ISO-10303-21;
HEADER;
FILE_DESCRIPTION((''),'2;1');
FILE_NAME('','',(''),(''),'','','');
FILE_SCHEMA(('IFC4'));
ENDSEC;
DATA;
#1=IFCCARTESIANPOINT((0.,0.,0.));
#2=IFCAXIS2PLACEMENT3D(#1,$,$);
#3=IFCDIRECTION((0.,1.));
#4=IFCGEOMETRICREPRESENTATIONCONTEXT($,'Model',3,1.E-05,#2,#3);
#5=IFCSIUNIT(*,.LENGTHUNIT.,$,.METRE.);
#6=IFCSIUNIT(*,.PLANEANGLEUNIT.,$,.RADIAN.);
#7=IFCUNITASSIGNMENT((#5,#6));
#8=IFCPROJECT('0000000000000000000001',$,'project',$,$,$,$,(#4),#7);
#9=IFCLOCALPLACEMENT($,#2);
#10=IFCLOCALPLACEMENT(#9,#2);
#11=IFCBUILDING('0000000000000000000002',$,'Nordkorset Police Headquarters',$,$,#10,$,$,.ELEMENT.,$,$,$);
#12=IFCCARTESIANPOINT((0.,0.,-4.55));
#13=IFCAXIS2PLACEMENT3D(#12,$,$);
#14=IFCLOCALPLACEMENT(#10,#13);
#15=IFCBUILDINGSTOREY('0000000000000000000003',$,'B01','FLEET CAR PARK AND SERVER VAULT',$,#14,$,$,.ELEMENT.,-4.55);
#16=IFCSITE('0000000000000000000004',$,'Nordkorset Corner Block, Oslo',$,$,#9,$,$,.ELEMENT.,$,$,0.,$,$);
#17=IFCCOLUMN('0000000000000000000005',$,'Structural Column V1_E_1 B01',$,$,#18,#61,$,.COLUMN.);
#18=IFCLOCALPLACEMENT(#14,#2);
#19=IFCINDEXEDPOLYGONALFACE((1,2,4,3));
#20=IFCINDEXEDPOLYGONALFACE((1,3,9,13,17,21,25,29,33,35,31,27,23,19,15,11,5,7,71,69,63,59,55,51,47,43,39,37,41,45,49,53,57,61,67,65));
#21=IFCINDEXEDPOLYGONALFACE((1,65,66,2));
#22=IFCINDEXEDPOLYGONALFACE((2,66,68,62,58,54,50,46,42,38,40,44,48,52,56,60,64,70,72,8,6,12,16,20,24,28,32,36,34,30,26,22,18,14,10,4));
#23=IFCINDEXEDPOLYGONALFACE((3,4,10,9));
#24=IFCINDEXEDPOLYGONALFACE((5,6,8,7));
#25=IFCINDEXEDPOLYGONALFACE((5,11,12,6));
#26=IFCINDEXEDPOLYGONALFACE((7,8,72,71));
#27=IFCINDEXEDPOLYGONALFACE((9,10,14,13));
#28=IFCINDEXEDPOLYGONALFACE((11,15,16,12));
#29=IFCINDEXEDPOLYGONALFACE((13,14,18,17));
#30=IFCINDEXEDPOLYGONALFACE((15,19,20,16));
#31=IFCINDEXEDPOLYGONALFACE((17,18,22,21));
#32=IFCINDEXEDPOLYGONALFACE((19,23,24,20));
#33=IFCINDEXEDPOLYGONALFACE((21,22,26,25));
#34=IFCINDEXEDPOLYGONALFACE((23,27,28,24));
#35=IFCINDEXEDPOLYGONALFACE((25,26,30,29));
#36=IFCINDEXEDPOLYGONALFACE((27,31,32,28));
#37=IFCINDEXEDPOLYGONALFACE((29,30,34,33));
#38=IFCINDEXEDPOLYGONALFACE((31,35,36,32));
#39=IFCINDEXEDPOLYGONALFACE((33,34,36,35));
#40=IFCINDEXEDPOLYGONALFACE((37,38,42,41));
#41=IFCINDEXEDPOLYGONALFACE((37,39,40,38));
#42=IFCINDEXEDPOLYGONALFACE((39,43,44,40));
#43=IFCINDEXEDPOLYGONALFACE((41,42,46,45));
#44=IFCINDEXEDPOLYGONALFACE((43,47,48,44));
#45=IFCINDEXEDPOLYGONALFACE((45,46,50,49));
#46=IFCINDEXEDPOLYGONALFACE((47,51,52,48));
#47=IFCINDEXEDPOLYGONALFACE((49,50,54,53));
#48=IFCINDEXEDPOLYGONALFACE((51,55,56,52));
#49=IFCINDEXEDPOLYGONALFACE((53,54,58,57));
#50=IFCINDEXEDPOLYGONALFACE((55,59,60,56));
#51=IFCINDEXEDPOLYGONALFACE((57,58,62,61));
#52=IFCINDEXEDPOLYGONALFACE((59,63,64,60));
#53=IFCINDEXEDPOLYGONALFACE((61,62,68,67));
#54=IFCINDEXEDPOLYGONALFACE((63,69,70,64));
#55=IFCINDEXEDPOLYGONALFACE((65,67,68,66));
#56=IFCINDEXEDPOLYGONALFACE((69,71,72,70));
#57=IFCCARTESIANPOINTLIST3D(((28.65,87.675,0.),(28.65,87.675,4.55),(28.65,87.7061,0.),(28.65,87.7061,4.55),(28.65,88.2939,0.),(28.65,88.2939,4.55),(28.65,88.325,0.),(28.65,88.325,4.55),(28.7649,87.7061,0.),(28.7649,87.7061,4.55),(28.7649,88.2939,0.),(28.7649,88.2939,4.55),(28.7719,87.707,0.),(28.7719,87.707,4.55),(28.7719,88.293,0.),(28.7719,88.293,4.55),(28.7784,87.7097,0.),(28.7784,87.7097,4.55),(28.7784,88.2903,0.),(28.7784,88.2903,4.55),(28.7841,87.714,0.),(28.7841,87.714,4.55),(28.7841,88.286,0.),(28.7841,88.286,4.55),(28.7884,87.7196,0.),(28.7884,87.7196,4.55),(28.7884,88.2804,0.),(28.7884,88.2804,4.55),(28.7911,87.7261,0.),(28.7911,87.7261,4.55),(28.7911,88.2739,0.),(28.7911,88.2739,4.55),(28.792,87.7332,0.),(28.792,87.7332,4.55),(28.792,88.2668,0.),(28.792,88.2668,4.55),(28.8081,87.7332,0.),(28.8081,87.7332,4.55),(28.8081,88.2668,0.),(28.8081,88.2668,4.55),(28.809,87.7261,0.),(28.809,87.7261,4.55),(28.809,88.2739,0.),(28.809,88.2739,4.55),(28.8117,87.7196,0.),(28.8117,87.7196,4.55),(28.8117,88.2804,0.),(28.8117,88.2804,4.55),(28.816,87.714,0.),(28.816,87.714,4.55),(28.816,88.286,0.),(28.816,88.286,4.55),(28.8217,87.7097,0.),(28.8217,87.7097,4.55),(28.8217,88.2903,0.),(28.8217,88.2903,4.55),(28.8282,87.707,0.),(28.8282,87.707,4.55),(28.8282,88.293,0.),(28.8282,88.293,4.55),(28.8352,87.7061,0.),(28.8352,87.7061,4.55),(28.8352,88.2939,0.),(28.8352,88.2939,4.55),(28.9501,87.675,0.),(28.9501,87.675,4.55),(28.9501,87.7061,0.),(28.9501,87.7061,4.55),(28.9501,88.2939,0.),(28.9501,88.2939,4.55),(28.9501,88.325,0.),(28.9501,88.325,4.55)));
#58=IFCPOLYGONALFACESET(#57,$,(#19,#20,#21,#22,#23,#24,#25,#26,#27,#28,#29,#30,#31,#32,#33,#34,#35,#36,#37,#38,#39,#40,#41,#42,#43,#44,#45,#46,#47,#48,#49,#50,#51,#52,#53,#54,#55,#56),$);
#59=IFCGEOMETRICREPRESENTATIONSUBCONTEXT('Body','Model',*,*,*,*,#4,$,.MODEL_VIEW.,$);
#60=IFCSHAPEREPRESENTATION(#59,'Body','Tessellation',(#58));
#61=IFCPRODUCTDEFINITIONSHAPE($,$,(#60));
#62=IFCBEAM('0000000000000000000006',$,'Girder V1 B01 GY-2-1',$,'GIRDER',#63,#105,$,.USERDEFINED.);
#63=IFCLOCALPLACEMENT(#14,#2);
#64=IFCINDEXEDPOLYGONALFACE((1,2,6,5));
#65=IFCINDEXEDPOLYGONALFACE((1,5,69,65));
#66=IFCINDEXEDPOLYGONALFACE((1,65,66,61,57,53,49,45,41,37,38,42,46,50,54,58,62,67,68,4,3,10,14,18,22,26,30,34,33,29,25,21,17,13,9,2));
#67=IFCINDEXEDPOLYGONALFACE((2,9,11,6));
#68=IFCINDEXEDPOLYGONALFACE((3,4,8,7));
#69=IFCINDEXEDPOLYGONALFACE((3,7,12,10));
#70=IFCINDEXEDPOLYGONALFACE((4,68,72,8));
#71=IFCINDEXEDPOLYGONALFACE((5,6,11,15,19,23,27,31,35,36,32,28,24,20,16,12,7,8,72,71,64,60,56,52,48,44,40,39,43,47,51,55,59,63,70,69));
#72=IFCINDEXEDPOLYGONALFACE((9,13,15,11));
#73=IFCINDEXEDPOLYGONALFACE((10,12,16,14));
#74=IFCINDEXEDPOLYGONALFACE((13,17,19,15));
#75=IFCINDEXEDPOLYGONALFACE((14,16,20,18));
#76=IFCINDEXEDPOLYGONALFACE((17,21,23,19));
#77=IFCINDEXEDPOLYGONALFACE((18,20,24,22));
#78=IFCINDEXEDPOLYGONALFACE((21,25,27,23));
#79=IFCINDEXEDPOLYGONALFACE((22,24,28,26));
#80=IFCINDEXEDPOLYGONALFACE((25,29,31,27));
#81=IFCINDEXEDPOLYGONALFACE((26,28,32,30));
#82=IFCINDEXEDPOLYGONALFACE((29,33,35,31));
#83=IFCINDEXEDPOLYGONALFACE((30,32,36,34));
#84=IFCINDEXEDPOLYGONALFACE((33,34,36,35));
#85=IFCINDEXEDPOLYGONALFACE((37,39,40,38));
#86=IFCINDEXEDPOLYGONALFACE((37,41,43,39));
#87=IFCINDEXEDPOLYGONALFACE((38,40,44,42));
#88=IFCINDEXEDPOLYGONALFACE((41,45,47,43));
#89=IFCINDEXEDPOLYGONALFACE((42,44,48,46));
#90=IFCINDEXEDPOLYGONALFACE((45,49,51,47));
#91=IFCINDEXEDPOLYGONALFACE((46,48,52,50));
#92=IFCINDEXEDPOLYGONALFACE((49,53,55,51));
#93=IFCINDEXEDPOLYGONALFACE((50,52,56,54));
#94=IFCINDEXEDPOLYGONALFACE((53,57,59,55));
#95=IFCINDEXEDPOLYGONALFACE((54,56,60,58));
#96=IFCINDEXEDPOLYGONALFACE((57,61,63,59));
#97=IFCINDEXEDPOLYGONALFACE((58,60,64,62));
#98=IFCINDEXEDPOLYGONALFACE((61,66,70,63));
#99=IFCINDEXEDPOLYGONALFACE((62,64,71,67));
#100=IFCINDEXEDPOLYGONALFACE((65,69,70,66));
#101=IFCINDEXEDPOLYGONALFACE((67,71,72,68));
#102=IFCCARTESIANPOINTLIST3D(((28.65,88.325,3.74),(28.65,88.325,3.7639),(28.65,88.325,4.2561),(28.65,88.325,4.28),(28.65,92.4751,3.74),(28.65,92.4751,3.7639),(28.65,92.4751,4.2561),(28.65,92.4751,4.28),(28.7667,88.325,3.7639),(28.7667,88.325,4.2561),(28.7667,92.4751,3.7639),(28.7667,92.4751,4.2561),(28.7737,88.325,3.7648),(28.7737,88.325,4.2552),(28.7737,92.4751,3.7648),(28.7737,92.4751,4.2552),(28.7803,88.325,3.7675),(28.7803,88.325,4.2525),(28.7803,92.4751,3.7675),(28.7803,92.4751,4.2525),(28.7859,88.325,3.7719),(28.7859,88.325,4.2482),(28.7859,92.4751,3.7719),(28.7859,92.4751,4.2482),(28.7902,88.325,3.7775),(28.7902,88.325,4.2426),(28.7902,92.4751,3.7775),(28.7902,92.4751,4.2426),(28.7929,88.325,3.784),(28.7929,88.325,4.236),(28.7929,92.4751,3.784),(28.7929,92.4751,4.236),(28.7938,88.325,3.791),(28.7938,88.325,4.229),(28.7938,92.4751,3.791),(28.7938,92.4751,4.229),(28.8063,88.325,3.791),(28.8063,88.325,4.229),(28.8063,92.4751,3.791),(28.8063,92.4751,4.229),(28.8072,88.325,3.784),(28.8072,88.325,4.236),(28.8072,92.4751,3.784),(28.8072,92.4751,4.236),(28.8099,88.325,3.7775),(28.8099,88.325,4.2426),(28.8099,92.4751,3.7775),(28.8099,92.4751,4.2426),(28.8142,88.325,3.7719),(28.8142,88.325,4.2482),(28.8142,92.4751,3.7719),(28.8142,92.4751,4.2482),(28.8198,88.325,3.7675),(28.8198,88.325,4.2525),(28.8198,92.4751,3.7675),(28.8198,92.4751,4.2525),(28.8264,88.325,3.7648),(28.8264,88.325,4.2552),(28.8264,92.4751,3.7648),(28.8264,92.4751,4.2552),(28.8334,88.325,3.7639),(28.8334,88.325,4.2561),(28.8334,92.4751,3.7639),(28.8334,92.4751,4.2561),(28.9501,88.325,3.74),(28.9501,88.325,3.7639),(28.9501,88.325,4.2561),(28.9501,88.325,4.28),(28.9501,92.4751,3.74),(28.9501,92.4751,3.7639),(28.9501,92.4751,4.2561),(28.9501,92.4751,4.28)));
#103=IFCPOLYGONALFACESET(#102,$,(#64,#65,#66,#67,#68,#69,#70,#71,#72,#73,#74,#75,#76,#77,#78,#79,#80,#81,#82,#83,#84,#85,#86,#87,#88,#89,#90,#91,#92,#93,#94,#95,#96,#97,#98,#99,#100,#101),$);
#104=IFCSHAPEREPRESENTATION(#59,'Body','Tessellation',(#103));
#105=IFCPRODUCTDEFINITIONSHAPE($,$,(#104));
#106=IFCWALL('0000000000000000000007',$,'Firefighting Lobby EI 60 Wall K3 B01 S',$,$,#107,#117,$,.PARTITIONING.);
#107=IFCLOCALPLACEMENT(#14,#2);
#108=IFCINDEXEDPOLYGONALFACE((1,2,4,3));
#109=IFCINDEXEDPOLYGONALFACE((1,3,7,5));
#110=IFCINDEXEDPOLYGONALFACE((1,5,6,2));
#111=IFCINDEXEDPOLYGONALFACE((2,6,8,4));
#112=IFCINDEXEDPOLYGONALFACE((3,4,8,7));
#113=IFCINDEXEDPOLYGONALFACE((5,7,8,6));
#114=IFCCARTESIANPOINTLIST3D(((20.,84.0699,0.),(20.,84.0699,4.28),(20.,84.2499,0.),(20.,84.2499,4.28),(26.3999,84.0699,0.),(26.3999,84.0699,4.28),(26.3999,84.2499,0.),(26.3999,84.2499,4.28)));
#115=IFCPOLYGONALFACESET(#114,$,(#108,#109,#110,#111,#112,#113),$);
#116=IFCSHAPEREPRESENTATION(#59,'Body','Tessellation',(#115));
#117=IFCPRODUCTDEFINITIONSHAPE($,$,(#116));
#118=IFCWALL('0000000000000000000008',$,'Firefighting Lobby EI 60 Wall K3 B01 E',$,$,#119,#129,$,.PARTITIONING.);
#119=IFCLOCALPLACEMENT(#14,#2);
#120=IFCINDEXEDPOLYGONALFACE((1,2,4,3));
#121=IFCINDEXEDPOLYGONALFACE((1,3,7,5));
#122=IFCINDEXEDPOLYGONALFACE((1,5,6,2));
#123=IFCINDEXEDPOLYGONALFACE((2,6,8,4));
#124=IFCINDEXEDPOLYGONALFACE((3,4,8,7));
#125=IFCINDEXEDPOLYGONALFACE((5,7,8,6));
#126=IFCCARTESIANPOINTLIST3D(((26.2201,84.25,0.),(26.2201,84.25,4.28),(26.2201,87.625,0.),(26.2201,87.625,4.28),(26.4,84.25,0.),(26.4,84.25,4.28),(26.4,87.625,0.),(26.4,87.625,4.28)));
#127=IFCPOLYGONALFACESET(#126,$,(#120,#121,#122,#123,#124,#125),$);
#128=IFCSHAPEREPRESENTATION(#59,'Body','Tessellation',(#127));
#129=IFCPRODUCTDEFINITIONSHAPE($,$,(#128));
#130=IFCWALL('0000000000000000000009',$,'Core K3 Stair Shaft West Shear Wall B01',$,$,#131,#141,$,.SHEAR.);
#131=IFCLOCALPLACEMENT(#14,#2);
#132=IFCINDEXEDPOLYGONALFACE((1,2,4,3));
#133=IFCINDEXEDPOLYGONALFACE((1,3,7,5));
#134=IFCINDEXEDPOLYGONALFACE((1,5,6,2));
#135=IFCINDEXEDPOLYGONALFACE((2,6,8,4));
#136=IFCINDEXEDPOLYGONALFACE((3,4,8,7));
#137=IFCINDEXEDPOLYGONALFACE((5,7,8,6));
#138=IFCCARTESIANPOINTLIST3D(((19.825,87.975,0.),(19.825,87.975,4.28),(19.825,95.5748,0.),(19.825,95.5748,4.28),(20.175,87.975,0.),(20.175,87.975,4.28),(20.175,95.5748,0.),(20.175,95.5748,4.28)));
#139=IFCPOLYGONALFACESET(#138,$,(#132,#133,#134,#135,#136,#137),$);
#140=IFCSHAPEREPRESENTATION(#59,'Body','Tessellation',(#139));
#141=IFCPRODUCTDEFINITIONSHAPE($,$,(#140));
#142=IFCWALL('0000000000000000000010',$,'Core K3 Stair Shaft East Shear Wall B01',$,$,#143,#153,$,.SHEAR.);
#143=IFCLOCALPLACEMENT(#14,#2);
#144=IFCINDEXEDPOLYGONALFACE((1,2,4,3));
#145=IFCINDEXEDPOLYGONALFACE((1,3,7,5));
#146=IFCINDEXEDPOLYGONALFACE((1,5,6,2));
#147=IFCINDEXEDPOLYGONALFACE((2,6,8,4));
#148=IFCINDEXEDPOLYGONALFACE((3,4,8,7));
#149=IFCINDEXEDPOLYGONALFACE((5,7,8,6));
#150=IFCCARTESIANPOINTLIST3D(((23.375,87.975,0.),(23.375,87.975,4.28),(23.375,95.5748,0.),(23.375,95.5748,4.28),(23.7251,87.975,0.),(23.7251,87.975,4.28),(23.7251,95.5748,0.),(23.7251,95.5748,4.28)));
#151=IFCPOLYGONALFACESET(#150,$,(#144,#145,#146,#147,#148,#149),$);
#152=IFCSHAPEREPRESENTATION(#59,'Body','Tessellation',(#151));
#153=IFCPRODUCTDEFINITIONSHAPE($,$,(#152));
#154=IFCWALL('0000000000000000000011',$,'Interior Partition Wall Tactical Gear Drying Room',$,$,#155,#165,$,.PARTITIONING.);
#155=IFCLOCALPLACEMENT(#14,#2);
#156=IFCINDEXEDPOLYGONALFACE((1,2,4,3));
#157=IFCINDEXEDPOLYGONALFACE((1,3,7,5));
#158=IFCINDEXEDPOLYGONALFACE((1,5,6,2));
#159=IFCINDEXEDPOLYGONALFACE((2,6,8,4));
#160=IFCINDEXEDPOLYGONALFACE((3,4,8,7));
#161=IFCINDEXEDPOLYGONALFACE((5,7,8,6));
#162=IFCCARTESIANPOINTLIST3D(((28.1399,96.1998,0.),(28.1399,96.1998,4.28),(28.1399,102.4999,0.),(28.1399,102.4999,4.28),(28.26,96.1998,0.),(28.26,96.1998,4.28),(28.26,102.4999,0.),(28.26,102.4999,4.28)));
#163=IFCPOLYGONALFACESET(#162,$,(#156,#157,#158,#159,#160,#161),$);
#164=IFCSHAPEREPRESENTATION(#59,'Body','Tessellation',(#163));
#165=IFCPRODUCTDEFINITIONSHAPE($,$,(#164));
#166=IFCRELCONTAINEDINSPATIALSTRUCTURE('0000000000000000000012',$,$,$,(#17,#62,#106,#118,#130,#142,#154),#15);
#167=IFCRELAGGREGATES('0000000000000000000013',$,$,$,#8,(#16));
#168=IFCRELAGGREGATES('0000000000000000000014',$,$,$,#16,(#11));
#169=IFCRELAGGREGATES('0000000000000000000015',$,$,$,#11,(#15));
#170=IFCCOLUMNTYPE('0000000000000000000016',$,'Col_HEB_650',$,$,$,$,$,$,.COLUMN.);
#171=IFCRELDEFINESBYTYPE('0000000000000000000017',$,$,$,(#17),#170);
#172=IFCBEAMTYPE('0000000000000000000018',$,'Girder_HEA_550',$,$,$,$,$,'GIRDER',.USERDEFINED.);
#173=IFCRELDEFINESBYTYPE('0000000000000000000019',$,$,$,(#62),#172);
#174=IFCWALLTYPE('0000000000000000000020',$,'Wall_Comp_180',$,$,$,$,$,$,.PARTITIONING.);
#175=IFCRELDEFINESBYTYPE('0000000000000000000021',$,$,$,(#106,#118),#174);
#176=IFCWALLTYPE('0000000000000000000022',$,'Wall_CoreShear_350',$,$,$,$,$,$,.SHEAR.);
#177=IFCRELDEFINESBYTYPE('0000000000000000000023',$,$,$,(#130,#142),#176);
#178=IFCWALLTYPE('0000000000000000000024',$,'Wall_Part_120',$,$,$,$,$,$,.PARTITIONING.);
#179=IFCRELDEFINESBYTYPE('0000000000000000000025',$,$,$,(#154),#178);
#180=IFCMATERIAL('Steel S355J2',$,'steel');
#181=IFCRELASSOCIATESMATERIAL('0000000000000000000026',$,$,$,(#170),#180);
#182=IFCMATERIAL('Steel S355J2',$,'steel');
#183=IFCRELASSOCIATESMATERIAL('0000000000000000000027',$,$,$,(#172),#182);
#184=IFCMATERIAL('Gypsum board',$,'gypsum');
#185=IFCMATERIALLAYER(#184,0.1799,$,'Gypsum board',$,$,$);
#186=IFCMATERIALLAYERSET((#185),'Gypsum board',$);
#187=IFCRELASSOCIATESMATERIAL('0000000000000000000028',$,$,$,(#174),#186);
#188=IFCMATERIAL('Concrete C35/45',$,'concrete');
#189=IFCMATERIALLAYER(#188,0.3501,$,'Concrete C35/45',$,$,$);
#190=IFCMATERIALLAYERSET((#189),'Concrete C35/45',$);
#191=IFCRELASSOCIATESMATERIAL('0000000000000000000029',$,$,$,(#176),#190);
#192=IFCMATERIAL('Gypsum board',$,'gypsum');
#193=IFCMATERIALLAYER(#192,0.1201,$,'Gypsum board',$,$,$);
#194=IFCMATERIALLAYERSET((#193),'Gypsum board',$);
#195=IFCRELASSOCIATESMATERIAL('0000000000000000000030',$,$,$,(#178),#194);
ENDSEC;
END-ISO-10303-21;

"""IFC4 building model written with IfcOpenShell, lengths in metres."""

from ifc_helpers import new_model, si_unit, direction, frame, frame_2d, origin, origin_2d, place, context, subcontext, project, spatial, rectangle, i_section, extrude, material, layer, layer_set, material_profile, profile_set, type_object, element, save


model = new_model("IFC4")

# Units and contexts
model_context = context("Model", 3, precision=1e-05, world=origin(), true_north=direction((0.0, 1.0)))
body_context = subcontext(model_context, "Body", "Model", "MODEL_VIEW")
ifc_project = project(units=[si_unit("LENGTHUNIT", "METRE"), si_unit("PLANEANGLEUNIT", "RADIAN")], contexts=[model_context])

# Site, building, storey
site_placement = place(None, origin())
site = spatial("IfcSite", under=ifc_project, at=site_placement, Name="Nordkorset Corner Block, Oslo", CompositionType="ELEMENT", RefElevation=0.0)
building_placement = place(site_placement, origin())
building = spatial("IfcBuilding", under=site, at=building_placement, Name="Nordkorset Police Headquarters", CompositionType="ELEMENT")
storey_placement = place(building_placement, frame((0.0, 0.0, -4.55)))
storey = spatial("IfcBuildingStorey", under=building, at=storey_placement, Name="B01", Description="FLEET CAR PARK AND SERVER VAULT", CompositionType="ELEMENT", Elevation=-4.55)

# Column
ifc_material_1 = material(Name="Steel S355J2", Category="steel")
ifc_material_profile_1 = material_profile(ifc_material_1, i_section(OverallWidth=0.3, OverallDepth=0.6499, WebThickness=0.0161, FlangeThickness=0.031, FilletRadius=0.0271, at=origin_2d()), Name="HEB 650")
ifc_profile_set_1 = profile_set([ifc_material_profile_1], Name="Steel S355J2")
column_type = type_object("IfcColumnType", Name="Col_HEB_650", PredefinedType="COLUMN", material=ifc_profile_set_1)
column_placement = place(storey_placement, frame((28.8, 88.0, 0.0), z_axis=(0.0, 0.0, 1.0), x_axis=(1.0, 0.0, 0.0)))
element("IfcColumn", 1, at=column_placement, inside=storey, type_object=column_type, Name="Structural Column V1_E_1 B01", PredefinedType="COLUMN", context=body_context, shape_type="SweptSolid", body=[
    extrude(i_section(OverallWidth=0.3, OverallDepth=0.6499, WebThickness=0.0161, FlangeThickness=0.031, FilletRadius=0.0271, at=origin_2d()), origin(), (0.0, 0.0, 1.0), 4.55),
])

# Beam
ifc_material_2 = material(Name="Steel S355J2", Category="steel")
ifc_material_profile_2 = material_profile(ifc_material_2, i_section(OverallWidth=0.3, OverallDepth=0.54, WebThickness=0.0125, FlangeThickness=0.0239, FilletRadius=0.0271, at=origin_2d()), Name="HEA 550")
ifc_profile_set_2 = profile_set([ifc_material_profile_2], Name="Steel S355J2")
beam_type = type_object("IfcBeamType", Name="Girder_HEA_550", ElementType="GIRDER", PredefinedType="USERDEFINED", material=ifc_profile_set_2)
beam_placement = place(storey_placement, frame((28.8, 88.325, 4.01), z_axis=(0.0, 1.0, 0.0), x_axis=(-1.0, 0.0, 0.0)))
element("IfcBeam", 2, at=beam_placement, inside=storey, type_object=beam_type, Name="Girder V1 B01 GY-2-1", ObjectType="GIRDER", PredefinedType="USERDEFINED", context=body_context, shape_type="SweptSolid", body=[
    extrude(i_section(OverallWidth=0.3, OverallDepth=0.54, WebThickness=0.0125, FlangeThickness=0.0239, FilletRadius=0.0271, at=origin_2d()), origin(), (0.0, 0.0, 1.0), 4.1501),
])

# Wall
ifc_material_3 = material(Name="Gypsum board", Category="gypsum")
ifc_layer_1 = layer(ifc_material_3, 0.1799, Name="Gypsum board")
ifc_layer_set_1 = layer_set([ifc_layer_1], Name="Gypsum board")
wall_type_1 = type_object("IfcWallType", Name="Wall_Comp_180", PredefinedType="PARTITIONING", material=ifc_layer_set_1)
wall_1_placement = place(storey_placement, frame((20.0, 84.1599, 0.0), z_axis=(0.0, 0.0, 1.0), x_axis=(1.0, 0.0, 0.0)))
element("IfcWall", 3, at=wall_1_placement, inside=storey, type_object=wall_type_1, Name="Firefighting Lobby EI 60 Wall K3 B01 S", PredefinedType="PARTITIONING", context=body_context, shape_type="SweptSolid", body=[
    extrude(rectangle(XDim=6.3999, YDim=0.1799, at=frame_2d((3.2, 0.0))), origin(), (0.0, 0.0, 1.0), 4.28),
])

# Walls
wall_2_placement = place(storey_placement, frame((26.3101, 84.25, 0.0), z_axis=(0.0, 0.0, 1.0), x_axis=(0.0, 1.0, 0.0)))
element("IfcWall", 4, at=wall_2_placement, inside=storey, type_object=wall_type_1, Name="Firefighting Lobby EI 60 Wall K3 B01 E", PredefinedType="PARTITIONING", context=body_context, shape_type="SweptSolid", body=[
    extrude(rectangle(XDim=3.375, YDim=0.1799, at=frame_2d((1.6875, 0.0))), origin(), (0.0, 0.0, 1.0), 4.28),
])
ifc_material_4 = material(Name="Concrete C35/45", Category="concrete")
ifc_layer_2 = layer(ifc_material_4, 0.3501, Name="Concrete C35/45")
ifc_layer_set_2 = layer_set([ifc_layer_2], Name="Concrete C35/45")
wall_type_2 = type_object("IfcWallType", Name="Wall_CoreShear_350", PredefinedType="SHEAR", material=ifc_layer_set_2)
for number, where, z_axis, x_axis, name in (
    (5, (20.0, 87.9751, 0.0), (0.0, 0.0, 1.0), (0.0, 1.0, 0.0), "Core K3 Stair Shaft West Shear Wall B01"),
    (6, (23.55, 87.9751, 0.0), (0.0, 0.0, 1.0), (0.0, 1.0, 0.0), "Core K3 Stair Shaft East Shear Wall B01"),
):
    element("IfcWall", number, at=place(storey_placement, frame(where, z_axis=z_axis, x_axis=x_axis)), inside=storey, type_object=wall_type_2, Name=name, PredefinedType="SHEAR", context=body_context, shape_type="SweptSolid", body=[
        extrude(rectangle(XDim=7.5999, YDim=0.3501, at=frame_2d((3.7998, 0.0))), origin(), (0.0, 0.0, 1.0), 4.28),
    ])
ifc_material_5 = material(Name="Gypsum board", Category="gypsum")
ifc_layer_3 = layer(ifc_material_5, 0.1201, Name="Gypsum board")
ifc_layer_set_3 = layer_set([ifc_layer_3], Name="Gypsum board")
wall_type_3 = type_object("IfcWallType", Name="Wall_Part_120", PredefinedType="PARTITIONING", material=ifc_layer_set_3)
wall_3_placement = place(storey_placement, frame((28.2, 96.2, 0.0), z_axis=(0.0, 0.0, 1.0), x_axis=(0.0, 1.0, 0.0)))
element("IfcWall", 7, at=wall_3_placement, inside=storey, type_object=wall_type_3, Name="Interior Partition Wall Tactical Gear Drying Room", PredefinedType="PARTITIONING", context=body_context, shape_type="SweptSolid", body=[
    extrude(rectangle(XDim=6.3, YDim=0.1201, at=frame_2d((3.1499, 0.0))), origin(), (0.0, 0.0, 1.0), 4.28),
])

save(model, "model.ifc")
